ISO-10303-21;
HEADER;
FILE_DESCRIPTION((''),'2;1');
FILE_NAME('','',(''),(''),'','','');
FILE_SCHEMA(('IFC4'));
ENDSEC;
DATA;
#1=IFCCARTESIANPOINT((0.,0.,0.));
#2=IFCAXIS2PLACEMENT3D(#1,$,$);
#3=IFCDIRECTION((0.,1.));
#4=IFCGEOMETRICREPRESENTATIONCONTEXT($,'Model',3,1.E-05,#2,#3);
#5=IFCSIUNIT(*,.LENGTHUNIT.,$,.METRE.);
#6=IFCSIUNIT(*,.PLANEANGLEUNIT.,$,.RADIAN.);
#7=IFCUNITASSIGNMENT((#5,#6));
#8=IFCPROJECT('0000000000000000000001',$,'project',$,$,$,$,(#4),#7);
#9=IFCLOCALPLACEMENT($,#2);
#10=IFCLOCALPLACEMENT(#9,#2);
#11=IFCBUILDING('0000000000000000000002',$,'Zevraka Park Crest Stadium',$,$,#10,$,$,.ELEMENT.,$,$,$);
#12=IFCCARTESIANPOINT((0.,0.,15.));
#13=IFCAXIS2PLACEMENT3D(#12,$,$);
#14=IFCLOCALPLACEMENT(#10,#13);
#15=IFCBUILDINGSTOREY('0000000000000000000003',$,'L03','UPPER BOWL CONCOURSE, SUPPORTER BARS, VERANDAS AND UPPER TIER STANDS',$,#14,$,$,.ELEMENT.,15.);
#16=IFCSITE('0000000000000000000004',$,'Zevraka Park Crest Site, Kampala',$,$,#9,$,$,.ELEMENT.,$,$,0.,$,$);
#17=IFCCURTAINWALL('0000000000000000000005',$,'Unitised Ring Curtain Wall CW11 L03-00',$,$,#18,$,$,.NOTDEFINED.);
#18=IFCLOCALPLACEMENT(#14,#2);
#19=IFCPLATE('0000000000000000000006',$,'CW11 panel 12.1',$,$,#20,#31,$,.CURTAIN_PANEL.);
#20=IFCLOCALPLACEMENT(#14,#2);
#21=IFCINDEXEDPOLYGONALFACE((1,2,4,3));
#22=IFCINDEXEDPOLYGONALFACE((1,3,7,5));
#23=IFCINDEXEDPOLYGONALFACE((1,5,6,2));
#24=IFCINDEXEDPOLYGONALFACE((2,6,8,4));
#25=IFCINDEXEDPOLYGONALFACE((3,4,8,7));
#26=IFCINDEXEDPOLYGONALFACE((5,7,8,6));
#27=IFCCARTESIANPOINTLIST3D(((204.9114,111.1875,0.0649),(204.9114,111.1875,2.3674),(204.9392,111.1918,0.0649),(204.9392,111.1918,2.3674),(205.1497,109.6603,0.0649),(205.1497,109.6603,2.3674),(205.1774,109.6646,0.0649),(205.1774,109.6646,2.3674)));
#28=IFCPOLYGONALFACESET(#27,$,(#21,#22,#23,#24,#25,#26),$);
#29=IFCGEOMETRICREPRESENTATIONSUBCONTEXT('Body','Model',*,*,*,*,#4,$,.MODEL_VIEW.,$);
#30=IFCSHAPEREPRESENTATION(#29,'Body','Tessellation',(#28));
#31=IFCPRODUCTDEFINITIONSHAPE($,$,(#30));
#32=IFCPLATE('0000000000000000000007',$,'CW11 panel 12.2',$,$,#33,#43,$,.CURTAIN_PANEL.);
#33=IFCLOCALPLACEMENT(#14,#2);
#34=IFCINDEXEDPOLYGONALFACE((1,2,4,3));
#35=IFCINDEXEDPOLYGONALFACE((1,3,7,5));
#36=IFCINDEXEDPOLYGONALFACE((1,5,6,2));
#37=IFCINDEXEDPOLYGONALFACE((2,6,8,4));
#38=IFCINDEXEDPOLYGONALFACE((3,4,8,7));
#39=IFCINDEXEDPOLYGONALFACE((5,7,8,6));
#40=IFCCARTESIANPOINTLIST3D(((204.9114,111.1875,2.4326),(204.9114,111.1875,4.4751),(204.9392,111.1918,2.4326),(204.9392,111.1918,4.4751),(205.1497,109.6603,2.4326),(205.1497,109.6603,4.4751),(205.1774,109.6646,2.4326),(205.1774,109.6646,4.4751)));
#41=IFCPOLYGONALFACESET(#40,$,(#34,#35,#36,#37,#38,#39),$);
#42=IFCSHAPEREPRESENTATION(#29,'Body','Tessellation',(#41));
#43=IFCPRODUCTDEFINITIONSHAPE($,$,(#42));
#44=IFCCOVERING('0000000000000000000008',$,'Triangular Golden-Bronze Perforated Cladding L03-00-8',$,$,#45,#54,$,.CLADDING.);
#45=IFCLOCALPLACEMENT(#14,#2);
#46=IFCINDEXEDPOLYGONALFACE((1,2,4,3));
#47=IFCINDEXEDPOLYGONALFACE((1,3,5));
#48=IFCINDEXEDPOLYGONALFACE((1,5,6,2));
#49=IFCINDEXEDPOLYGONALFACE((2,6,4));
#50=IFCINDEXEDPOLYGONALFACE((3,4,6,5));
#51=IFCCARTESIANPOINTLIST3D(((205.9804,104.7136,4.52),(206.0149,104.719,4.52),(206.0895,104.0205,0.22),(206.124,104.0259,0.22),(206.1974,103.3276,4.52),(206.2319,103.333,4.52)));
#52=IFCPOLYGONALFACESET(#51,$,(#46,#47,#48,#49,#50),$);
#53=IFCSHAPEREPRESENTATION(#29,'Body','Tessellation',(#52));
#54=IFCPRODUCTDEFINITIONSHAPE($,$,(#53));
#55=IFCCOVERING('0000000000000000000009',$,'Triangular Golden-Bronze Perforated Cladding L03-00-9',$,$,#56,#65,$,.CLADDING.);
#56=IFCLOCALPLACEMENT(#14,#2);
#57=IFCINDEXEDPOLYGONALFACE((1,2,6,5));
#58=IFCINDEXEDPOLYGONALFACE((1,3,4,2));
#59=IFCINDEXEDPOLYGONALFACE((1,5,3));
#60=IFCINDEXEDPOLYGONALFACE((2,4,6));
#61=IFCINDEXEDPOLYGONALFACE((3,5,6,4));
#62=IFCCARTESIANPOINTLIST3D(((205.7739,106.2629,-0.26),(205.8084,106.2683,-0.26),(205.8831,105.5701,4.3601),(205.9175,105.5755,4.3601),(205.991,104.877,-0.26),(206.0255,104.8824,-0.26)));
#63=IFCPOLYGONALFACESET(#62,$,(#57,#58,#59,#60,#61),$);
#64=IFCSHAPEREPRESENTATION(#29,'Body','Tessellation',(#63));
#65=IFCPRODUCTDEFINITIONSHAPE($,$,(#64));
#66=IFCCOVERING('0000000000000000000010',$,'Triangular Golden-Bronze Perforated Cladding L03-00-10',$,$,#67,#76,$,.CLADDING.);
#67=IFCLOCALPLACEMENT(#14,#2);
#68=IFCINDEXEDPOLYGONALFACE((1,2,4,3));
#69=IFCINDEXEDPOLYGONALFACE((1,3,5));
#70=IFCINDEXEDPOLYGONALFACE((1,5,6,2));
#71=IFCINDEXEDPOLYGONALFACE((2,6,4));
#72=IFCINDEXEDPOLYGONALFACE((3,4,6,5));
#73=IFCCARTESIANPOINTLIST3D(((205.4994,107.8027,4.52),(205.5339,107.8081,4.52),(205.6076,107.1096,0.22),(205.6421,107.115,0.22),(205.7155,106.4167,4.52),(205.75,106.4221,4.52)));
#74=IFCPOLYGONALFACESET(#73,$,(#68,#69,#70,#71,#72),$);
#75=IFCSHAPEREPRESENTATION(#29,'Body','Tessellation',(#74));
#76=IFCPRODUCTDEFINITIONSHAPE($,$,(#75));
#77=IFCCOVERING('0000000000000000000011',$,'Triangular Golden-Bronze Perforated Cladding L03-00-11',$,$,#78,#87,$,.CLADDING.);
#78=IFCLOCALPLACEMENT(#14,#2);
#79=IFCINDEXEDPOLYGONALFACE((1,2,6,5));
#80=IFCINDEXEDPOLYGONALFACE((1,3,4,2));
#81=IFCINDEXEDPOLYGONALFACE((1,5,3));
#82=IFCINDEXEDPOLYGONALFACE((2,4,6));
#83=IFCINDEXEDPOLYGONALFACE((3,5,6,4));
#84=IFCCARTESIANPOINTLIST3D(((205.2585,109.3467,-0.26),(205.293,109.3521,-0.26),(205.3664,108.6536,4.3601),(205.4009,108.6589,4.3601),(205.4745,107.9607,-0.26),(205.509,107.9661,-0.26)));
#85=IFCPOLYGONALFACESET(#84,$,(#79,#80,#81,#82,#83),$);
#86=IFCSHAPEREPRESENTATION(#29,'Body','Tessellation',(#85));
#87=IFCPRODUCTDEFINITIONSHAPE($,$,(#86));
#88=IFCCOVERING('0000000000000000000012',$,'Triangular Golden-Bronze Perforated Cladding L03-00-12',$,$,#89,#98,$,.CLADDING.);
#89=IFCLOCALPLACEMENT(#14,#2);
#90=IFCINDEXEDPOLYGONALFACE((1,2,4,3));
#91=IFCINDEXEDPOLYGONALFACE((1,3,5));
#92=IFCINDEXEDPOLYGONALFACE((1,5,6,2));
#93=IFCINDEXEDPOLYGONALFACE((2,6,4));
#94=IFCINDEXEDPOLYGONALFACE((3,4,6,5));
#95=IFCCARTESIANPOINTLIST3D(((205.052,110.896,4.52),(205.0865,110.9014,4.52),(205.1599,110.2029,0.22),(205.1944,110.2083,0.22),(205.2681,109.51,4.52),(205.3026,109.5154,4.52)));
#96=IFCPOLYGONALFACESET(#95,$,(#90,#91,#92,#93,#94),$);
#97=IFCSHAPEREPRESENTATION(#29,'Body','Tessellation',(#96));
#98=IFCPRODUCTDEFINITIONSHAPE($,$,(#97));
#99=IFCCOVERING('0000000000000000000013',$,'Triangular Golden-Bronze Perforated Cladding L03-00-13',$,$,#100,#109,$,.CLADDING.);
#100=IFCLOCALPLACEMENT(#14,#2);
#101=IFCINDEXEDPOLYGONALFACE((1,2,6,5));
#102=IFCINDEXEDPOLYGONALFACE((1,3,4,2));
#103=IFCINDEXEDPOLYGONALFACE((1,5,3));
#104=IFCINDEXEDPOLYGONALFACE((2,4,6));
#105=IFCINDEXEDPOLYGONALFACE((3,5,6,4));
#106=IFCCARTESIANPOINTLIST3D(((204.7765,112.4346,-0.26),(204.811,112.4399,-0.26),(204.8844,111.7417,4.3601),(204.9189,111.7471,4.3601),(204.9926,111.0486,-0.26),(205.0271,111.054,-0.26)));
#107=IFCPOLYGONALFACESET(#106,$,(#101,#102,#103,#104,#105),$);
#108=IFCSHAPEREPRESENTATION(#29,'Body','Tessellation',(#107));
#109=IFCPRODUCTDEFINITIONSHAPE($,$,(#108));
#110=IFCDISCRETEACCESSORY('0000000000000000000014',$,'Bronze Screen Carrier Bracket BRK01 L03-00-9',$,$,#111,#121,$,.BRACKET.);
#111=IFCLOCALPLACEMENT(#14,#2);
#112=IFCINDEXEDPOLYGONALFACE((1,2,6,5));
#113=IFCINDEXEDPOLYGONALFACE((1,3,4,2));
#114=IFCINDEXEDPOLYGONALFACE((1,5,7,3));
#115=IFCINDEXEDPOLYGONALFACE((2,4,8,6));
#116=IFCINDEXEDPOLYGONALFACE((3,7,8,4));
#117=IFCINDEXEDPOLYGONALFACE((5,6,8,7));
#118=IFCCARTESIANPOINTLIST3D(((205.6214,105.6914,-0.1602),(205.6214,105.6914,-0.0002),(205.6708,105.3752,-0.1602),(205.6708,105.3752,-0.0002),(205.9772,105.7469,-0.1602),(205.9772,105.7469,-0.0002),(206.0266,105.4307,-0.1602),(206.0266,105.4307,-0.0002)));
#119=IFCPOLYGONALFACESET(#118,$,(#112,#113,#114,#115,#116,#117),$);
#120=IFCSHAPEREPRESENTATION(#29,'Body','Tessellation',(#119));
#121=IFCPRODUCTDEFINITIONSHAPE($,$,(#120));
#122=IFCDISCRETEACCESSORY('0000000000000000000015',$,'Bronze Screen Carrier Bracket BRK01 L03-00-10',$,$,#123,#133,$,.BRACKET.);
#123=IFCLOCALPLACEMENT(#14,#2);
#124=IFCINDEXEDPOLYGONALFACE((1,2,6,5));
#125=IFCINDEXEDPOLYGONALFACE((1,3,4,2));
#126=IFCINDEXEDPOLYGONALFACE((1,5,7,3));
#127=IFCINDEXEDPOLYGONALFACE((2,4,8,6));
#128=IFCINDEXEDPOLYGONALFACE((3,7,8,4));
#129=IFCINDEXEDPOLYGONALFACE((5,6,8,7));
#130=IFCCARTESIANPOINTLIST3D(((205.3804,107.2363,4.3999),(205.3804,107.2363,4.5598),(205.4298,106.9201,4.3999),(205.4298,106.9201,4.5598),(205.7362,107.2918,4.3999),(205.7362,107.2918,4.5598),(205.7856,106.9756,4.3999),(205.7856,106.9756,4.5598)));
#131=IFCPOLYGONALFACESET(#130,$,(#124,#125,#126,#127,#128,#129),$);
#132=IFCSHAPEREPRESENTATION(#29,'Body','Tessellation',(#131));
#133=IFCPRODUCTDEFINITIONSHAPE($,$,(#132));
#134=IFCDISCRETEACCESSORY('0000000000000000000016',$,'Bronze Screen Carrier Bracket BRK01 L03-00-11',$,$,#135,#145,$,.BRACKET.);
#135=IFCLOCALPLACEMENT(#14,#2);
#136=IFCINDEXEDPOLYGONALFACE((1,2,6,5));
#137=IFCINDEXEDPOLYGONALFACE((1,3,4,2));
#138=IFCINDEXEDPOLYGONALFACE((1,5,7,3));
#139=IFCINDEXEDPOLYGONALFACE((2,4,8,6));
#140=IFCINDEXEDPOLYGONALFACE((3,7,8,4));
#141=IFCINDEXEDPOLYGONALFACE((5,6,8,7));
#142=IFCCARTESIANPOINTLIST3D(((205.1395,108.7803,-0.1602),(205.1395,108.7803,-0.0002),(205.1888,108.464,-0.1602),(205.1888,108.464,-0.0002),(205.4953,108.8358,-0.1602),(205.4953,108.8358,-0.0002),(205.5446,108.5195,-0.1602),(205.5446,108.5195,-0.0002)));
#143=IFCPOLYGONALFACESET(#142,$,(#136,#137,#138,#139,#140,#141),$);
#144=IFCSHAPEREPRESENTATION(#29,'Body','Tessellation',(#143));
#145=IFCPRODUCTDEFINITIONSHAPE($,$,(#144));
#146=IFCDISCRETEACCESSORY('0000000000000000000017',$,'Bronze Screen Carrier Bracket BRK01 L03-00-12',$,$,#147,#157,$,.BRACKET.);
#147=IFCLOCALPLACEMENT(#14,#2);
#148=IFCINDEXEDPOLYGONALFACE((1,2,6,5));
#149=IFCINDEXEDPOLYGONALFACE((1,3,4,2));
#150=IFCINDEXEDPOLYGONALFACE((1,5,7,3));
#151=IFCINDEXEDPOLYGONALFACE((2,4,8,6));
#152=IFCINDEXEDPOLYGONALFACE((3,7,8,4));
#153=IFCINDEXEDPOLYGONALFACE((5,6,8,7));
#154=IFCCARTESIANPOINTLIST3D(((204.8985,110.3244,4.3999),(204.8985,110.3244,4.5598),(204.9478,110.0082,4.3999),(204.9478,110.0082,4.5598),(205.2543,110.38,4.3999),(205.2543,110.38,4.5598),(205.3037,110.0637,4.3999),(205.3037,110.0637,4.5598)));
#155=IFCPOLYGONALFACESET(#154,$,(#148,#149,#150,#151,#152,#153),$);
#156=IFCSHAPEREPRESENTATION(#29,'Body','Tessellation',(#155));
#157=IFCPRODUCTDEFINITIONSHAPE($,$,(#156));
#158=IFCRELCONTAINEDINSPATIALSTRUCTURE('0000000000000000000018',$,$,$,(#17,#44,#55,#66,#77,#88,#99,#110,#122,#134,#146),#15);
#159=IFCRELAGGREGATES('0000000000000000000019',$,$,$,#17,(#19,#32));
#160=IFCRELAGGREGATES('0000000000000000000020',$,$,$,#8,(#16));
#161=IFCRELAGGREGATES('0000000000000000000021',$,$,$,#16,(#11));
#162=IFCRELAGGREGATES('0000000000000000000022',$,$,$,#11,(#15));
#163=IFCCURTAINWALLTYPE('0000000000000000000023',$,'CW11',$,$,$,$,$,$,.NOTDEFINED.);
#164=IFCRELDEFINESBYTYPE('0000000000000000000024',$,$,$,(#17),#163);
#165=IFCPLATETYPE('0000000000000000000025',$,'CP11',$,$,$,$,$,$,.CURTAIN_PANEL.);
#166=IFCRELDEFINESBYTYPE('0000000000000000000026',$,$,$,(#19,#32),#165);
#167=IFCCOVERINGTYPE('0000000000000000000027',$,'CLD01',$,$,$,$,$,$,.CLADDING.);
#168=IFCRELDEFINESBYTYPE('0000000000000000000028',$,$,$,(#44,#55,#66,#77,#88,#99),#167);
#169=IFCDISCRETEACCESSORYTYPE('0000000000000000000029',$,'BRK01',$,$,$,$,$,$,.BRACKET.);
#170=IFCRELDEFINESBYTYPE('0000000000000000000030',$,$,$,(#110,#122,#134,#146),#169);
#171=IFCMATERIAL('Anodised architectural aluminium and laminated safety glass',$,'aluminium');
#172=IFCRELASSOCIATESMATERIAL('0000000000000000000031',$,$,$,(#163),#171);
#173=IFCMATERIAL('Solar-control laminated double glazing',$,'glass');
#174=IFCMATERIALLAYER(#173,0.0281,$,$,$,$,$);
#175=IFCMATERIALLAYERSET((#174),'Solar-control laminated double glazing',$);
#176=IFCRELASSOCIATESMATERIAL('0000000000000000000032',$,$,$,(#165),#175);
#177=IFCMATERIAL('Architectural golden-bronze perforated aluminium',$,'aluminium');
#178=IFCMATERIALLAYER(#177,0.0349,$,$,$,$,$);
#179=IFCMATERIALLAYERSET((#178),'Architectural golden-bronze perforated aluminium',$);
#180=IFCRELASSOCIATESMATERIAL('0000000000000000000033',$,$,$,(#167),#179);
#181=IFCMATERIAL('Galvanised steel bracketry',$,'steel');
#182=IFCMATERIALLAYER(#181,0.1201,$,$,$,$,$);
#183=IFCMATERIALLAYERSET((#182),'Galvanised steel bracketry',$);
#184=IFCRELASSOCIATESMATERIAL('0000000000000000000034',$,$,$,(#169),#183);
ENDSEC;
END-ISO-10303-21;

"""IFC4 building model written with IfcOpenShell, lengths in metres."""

from ifc_helpers import new_model, si_unit, direction, frame, origin, origin_2d, place, context, subcontext, project, spatial, polyline, rectangle, outline, extrude, material, layer, layer_set, type_object, element, aggregate, save


model = new_model("IFC4")

# Units and contexts
model_context = context("Model", 3, precision=1e-05, world=origin(), true_north=direction((0.0, 1.0)))
body_context = subcontext(model_context, "Body", "Model", "MODEL_VIEW")
ifc_project = project(units=[si_unit("LENGTHUNIT", "METRE"), si_unit("PLANEANGLEUNIT", "RADIAN")], contexts=[model_context])

# Site, building, storey
site_placement = place(None, origin())
site = spatial("IfcSite", under=ifc_project, at=site_placement, Name="Zevraka Park Crest Site, Kampala", CompositionType="ELEMENT", RefElevation=0.0)
building_placement = place(site_placement, origin())
building = spatial("IfcBuilding", under=site, at=building_placement, Name="Zevraka Park Crest Stadium", CompositionType="ELEMENT")
storey_placement = place(building_placement, frame((0.0, 0.0, 15.0)))
storey = spatial("IfcBuildingStorey", under=building, at=storey_placement, Name="L03", Description="UPPER BOWL CONCOURSE, SUPPORTER BARS, VERANDAS AND UPPER TIER STANDS", CompositionType="ELEMENT", Elevation=15.0)

# Curtain wall, plates
ifc_material_1 = material(Name="Anodised architectural aluminium and laminated safety glass", Category="aluminium")
curtain_wall_type = type_object("IfcCurtainWallType", Name="CW11", PredefinedType="NOTDEFINED", material=ifc_material_1)
curtain_wall_placement = place(storey_placement, origin())
curtain_wall = element("IfcCurtainWall", 1, at=curtain_wall_placement, inside=storey, type_object=curtain_wall_type, Name="Unitised Ring Curtain Wall CW11 L03-00", PredefinedType="NOTDEFINED")
ifc_material_2 = material(Name="Solar-control laminated double glazing", Category="glass")
ifc_layer_1 = layer(ifc_material_2, 0.0281)
ifc_layer_set_1 = layer_set([ifc_layer_1], Name="Solar-control laminated double glazing")
plate_type = type_object("IfcPlateType", Name="CP11", PredefinedType="CURTAIN_PANEL", material=ifc_layer_set_1)
plate_1_placement = place(storey_placement, frame((205.0444, 110.426, 0.0649), z_axis=(0.0, 0.0, 1.0), x_axis=(-0.154128, 0.988051, 0.0)))
plate_1 = element("IfcPlate", 2, at=plate_1_placement, type_object=plate_type, Name="CW11 panel 12.1", PredefinedType="CURTAIN_PANEL", context=body_context, shape_type="SweptSolid", body=[
    extrude(rectangle(XDim=1.5457, YDim=0.0281, at=origin_2d()), origin(), (0.0, 0.0, 1.0), 2.3025),
])
plate_2_placement = place(storey_placement, frame((205.0444, 110.426, 2.4326), z_axis=(0.0, 0.0, 1.0), x_axis=(-0.154128, 0.988051, 0.0)))
plate_2 = element("IfcPlate", 3, at=plate_2_placement, type_object=plate_type, Name="CW11 panel 12.2", PredefinedType="CURTAIN_PANEL", context=body_context, shape_type="SweptSolid", body=[
    extrude(rectangle(XDim=1.5457, YDim=0.0281, at=origin_2d()), origin(), (0.0, 0.0, 1.0), 2.0425),
])
aggregate(curtain_wall, [plate_1, plate_2])

# Coverings
ifc_material_3 = material(Name="Architectural golden-bronze perforated aluminium", Category="aluminium")
ifc_layer_2 = layer(ifc_material_3, 0.0349)
ifc_layer_set_2 = layer_set([ifc_layer_2], Name="Architectural golden-bronze perforated aluminium")
covering_type = type_object("IfcCoveringType", Name="CLD01", PredefinedType="CLADDING", material=ifc_layer_set_2)
covering_1_placement = place(storey_placement, frame((206.0149, 104.719, 4.52), z_axis=(0.98796, 0.154711, 0.000136), x_axis=(0.154711, -0.98796, 0.0)))
element("IfcCovering", 4, at=covering_1_placement, inside=storey, type_object=covering_type, Name="Triangular Golden-Bronze Perforated Cladding L03-00-8", PredefinedType="CLADDING", context=body_context, shape_type="SweptSolid", body=[
    extrude(outline(polyline([(0.0, 0.0), (1.4029, 0.0), (0.7017, 4.3), (0.0, 0.0)])), origin(), (0.0, 0.0, -1.0), 0.0349),
])
covering_2_placement = place(storey_placement, frame((205.991, 104.877, -0.26), z_axis=(-0.98796, -0.154711, 0.000135), x_axis=(-0.154711, 0.98796, 0.0)))
element("IfcCovering", 5, at=covering_2_placement, inside=storey, type_object=covering_type, Name="Triangular Golden-Bronze Perforated Cladding L03-00-9", PredefinedType="CLADDING", context=body_context, shape_type="SweptSolid", body=[
    extrude(outline(polyline([(0.0, 0.0), (1.4029, 0.0), (0.7015, -4.6201), (0.0, 0.0)])), origin(), (0.0, 0.0, -1.0), 0.0349),
])
covering_3_placement = place(storey_placement, frame((205.5339, 107.8081, 4.52), z_axis=(0.988066, 0.154032, 0.000024), x_axis=(0.154032, -0.988066, 0.0)))
element("IfcCovering", 6, at=covering_3_placement, inside=storey, type_object=covering_type, Name="Triangular Golden-Bronze Perforated Cladding L03-00-10", PredefinedType="CLADDING", context=body_context, shape_type="SweptSolid", body=[
    extrude(outline(polyline([(0.0, 0.0), (1.4027, 0.0), (0.7015, 4.3), (0.0, 0.0)])), origin(), (0.0, 0.0, -1.0), 0.0349),
])
covering_4_placement = place(storey_placement, frame((205.509, 107.9661, -0.26), z_axis=(0.988066, 0.154032, 0.00003), x_axis=(-0.154032, 0.988066, 0.0)))
element("IfcCovering", 7, at=covering_4_placement, inside=storey, type_object=covering_type, Name="Triangular Golden-Bronze Perforated Cladding L03-00-11", PredefinedType="CLADDING", context=body_context, shape_type="SweptSolid", body=[
    extrude(outline(polyline([(0.0, 0.0), (1.4027, 0.0), (0.7013, 4.6201), (0.0, 0.0)])), origin(), (0.0, 0.0, -1.0), 0.0349),
])
covering_5_placement = place(storey_placement, frame((205.052, 110.896, 4.52), z_axis=(-0.988066, -0.154032, 0.000032), x_axis=(0.154032, -0.988066, 0.0)))
element("IfcCovering", 8, at=covering_5_placement, inside=storey, type_object=covering_type, Name="Triangular Golden-Bronze Perforated Cladding L03-00-12", PredefinedType="CLADDING", context=body_context, shape_type="SweptSolid", body=[
    extrude(outline(polyline([(0.0, 0.0), (1.4027, 0.0), (0.7015, -4.3), (0.0, 0.0)])), origin(), (0.0, 0.0, -1.0), 0.0349),
])
covering_6_placement = place(storey_placement, frame((205.0271, 111.054, -0.26), z_axis=(0.988066, 0.154032, 0.000022), x_axis=(-0.154032, 0.988066, 0.0)))
element("IfcCovering", 9, at=covering_6_placement, inside=storey, type_object=covering_type, Name="Triangular Golden-Bronze Perforated Cladding L03-00-13", PredefinedType="CLADDING", context=body_context, shape_type="SweptSolid", body=[
    extrude(outline(polyline([(0.0, 0.0), (1.4027, 0.0), (0.7015, 4.6201), (0.0, 0.0)])), origin(), (0.0, 0.0, -1.0), 0.0349),
])

# Discrete accessories
ifc_material_4 = material(Name="Galvanised steel bracketry", Category="steel")
ifc_layer_3 = layer(ifc_material_4, 0.1201)
ifc_layer_set_3 = layer_set([ifc_layer_3], Name="Galvanised steel bracketry")
discrete_accessory_type = type_object("IfcDiscreteAccessoryType", Name="BRK01", PredefinedType="BRACKET", material=ifc_layer_set_3)
for number, where, z_axis, x_axis, name in (
    (10, (205.824, 105.561, -0.1602), (0.0, 0.0, 1.0), (-0.154193, 0.988041, 0.0), "Bronze Screen Carrier Bracket BRK01 L03-00-9"),
    (11, (205.583, 107.106, 4.3999), (0.0, 0.0, 1.0), (-0.154193, 0.988041, 0.0), "Bronze Screen Carrier Bracket BRK01 L03-00-10"),
    (12, (205.342, 108.6499, -0.1602), (0.0, 0.0, 1.0), (-0.154193, 0.988041, 0.0), "Bronze Screen Carrier Bracket BRK01 L03-00-11"),
    (13, (205.1011, 110.1941, 4.3999), (0.0, 0.0, 1.0), (-0.154193, 0.988041, 0.0), "Bronze Screen Carrier Bracket BRK01 L03-00-12"),
):
    element("IfcDiscreteAccessory", number, at=place(storey_placement, frame(where, z_axis=z_axis, x_axis=x_axis)), inside=storey, type_object=discrete_accessory_type, Name=name, PredefinedType="BRACKET", context=body_context, shape_type="SweptSolid", body=[
        extrude(rectangle(XDim=0.3201, YDim=0.3601, at=origin_2d()), origin(), (0.0, 0.0, 1.0), 0.1599),
    ])

save(model, "model.ifc")
